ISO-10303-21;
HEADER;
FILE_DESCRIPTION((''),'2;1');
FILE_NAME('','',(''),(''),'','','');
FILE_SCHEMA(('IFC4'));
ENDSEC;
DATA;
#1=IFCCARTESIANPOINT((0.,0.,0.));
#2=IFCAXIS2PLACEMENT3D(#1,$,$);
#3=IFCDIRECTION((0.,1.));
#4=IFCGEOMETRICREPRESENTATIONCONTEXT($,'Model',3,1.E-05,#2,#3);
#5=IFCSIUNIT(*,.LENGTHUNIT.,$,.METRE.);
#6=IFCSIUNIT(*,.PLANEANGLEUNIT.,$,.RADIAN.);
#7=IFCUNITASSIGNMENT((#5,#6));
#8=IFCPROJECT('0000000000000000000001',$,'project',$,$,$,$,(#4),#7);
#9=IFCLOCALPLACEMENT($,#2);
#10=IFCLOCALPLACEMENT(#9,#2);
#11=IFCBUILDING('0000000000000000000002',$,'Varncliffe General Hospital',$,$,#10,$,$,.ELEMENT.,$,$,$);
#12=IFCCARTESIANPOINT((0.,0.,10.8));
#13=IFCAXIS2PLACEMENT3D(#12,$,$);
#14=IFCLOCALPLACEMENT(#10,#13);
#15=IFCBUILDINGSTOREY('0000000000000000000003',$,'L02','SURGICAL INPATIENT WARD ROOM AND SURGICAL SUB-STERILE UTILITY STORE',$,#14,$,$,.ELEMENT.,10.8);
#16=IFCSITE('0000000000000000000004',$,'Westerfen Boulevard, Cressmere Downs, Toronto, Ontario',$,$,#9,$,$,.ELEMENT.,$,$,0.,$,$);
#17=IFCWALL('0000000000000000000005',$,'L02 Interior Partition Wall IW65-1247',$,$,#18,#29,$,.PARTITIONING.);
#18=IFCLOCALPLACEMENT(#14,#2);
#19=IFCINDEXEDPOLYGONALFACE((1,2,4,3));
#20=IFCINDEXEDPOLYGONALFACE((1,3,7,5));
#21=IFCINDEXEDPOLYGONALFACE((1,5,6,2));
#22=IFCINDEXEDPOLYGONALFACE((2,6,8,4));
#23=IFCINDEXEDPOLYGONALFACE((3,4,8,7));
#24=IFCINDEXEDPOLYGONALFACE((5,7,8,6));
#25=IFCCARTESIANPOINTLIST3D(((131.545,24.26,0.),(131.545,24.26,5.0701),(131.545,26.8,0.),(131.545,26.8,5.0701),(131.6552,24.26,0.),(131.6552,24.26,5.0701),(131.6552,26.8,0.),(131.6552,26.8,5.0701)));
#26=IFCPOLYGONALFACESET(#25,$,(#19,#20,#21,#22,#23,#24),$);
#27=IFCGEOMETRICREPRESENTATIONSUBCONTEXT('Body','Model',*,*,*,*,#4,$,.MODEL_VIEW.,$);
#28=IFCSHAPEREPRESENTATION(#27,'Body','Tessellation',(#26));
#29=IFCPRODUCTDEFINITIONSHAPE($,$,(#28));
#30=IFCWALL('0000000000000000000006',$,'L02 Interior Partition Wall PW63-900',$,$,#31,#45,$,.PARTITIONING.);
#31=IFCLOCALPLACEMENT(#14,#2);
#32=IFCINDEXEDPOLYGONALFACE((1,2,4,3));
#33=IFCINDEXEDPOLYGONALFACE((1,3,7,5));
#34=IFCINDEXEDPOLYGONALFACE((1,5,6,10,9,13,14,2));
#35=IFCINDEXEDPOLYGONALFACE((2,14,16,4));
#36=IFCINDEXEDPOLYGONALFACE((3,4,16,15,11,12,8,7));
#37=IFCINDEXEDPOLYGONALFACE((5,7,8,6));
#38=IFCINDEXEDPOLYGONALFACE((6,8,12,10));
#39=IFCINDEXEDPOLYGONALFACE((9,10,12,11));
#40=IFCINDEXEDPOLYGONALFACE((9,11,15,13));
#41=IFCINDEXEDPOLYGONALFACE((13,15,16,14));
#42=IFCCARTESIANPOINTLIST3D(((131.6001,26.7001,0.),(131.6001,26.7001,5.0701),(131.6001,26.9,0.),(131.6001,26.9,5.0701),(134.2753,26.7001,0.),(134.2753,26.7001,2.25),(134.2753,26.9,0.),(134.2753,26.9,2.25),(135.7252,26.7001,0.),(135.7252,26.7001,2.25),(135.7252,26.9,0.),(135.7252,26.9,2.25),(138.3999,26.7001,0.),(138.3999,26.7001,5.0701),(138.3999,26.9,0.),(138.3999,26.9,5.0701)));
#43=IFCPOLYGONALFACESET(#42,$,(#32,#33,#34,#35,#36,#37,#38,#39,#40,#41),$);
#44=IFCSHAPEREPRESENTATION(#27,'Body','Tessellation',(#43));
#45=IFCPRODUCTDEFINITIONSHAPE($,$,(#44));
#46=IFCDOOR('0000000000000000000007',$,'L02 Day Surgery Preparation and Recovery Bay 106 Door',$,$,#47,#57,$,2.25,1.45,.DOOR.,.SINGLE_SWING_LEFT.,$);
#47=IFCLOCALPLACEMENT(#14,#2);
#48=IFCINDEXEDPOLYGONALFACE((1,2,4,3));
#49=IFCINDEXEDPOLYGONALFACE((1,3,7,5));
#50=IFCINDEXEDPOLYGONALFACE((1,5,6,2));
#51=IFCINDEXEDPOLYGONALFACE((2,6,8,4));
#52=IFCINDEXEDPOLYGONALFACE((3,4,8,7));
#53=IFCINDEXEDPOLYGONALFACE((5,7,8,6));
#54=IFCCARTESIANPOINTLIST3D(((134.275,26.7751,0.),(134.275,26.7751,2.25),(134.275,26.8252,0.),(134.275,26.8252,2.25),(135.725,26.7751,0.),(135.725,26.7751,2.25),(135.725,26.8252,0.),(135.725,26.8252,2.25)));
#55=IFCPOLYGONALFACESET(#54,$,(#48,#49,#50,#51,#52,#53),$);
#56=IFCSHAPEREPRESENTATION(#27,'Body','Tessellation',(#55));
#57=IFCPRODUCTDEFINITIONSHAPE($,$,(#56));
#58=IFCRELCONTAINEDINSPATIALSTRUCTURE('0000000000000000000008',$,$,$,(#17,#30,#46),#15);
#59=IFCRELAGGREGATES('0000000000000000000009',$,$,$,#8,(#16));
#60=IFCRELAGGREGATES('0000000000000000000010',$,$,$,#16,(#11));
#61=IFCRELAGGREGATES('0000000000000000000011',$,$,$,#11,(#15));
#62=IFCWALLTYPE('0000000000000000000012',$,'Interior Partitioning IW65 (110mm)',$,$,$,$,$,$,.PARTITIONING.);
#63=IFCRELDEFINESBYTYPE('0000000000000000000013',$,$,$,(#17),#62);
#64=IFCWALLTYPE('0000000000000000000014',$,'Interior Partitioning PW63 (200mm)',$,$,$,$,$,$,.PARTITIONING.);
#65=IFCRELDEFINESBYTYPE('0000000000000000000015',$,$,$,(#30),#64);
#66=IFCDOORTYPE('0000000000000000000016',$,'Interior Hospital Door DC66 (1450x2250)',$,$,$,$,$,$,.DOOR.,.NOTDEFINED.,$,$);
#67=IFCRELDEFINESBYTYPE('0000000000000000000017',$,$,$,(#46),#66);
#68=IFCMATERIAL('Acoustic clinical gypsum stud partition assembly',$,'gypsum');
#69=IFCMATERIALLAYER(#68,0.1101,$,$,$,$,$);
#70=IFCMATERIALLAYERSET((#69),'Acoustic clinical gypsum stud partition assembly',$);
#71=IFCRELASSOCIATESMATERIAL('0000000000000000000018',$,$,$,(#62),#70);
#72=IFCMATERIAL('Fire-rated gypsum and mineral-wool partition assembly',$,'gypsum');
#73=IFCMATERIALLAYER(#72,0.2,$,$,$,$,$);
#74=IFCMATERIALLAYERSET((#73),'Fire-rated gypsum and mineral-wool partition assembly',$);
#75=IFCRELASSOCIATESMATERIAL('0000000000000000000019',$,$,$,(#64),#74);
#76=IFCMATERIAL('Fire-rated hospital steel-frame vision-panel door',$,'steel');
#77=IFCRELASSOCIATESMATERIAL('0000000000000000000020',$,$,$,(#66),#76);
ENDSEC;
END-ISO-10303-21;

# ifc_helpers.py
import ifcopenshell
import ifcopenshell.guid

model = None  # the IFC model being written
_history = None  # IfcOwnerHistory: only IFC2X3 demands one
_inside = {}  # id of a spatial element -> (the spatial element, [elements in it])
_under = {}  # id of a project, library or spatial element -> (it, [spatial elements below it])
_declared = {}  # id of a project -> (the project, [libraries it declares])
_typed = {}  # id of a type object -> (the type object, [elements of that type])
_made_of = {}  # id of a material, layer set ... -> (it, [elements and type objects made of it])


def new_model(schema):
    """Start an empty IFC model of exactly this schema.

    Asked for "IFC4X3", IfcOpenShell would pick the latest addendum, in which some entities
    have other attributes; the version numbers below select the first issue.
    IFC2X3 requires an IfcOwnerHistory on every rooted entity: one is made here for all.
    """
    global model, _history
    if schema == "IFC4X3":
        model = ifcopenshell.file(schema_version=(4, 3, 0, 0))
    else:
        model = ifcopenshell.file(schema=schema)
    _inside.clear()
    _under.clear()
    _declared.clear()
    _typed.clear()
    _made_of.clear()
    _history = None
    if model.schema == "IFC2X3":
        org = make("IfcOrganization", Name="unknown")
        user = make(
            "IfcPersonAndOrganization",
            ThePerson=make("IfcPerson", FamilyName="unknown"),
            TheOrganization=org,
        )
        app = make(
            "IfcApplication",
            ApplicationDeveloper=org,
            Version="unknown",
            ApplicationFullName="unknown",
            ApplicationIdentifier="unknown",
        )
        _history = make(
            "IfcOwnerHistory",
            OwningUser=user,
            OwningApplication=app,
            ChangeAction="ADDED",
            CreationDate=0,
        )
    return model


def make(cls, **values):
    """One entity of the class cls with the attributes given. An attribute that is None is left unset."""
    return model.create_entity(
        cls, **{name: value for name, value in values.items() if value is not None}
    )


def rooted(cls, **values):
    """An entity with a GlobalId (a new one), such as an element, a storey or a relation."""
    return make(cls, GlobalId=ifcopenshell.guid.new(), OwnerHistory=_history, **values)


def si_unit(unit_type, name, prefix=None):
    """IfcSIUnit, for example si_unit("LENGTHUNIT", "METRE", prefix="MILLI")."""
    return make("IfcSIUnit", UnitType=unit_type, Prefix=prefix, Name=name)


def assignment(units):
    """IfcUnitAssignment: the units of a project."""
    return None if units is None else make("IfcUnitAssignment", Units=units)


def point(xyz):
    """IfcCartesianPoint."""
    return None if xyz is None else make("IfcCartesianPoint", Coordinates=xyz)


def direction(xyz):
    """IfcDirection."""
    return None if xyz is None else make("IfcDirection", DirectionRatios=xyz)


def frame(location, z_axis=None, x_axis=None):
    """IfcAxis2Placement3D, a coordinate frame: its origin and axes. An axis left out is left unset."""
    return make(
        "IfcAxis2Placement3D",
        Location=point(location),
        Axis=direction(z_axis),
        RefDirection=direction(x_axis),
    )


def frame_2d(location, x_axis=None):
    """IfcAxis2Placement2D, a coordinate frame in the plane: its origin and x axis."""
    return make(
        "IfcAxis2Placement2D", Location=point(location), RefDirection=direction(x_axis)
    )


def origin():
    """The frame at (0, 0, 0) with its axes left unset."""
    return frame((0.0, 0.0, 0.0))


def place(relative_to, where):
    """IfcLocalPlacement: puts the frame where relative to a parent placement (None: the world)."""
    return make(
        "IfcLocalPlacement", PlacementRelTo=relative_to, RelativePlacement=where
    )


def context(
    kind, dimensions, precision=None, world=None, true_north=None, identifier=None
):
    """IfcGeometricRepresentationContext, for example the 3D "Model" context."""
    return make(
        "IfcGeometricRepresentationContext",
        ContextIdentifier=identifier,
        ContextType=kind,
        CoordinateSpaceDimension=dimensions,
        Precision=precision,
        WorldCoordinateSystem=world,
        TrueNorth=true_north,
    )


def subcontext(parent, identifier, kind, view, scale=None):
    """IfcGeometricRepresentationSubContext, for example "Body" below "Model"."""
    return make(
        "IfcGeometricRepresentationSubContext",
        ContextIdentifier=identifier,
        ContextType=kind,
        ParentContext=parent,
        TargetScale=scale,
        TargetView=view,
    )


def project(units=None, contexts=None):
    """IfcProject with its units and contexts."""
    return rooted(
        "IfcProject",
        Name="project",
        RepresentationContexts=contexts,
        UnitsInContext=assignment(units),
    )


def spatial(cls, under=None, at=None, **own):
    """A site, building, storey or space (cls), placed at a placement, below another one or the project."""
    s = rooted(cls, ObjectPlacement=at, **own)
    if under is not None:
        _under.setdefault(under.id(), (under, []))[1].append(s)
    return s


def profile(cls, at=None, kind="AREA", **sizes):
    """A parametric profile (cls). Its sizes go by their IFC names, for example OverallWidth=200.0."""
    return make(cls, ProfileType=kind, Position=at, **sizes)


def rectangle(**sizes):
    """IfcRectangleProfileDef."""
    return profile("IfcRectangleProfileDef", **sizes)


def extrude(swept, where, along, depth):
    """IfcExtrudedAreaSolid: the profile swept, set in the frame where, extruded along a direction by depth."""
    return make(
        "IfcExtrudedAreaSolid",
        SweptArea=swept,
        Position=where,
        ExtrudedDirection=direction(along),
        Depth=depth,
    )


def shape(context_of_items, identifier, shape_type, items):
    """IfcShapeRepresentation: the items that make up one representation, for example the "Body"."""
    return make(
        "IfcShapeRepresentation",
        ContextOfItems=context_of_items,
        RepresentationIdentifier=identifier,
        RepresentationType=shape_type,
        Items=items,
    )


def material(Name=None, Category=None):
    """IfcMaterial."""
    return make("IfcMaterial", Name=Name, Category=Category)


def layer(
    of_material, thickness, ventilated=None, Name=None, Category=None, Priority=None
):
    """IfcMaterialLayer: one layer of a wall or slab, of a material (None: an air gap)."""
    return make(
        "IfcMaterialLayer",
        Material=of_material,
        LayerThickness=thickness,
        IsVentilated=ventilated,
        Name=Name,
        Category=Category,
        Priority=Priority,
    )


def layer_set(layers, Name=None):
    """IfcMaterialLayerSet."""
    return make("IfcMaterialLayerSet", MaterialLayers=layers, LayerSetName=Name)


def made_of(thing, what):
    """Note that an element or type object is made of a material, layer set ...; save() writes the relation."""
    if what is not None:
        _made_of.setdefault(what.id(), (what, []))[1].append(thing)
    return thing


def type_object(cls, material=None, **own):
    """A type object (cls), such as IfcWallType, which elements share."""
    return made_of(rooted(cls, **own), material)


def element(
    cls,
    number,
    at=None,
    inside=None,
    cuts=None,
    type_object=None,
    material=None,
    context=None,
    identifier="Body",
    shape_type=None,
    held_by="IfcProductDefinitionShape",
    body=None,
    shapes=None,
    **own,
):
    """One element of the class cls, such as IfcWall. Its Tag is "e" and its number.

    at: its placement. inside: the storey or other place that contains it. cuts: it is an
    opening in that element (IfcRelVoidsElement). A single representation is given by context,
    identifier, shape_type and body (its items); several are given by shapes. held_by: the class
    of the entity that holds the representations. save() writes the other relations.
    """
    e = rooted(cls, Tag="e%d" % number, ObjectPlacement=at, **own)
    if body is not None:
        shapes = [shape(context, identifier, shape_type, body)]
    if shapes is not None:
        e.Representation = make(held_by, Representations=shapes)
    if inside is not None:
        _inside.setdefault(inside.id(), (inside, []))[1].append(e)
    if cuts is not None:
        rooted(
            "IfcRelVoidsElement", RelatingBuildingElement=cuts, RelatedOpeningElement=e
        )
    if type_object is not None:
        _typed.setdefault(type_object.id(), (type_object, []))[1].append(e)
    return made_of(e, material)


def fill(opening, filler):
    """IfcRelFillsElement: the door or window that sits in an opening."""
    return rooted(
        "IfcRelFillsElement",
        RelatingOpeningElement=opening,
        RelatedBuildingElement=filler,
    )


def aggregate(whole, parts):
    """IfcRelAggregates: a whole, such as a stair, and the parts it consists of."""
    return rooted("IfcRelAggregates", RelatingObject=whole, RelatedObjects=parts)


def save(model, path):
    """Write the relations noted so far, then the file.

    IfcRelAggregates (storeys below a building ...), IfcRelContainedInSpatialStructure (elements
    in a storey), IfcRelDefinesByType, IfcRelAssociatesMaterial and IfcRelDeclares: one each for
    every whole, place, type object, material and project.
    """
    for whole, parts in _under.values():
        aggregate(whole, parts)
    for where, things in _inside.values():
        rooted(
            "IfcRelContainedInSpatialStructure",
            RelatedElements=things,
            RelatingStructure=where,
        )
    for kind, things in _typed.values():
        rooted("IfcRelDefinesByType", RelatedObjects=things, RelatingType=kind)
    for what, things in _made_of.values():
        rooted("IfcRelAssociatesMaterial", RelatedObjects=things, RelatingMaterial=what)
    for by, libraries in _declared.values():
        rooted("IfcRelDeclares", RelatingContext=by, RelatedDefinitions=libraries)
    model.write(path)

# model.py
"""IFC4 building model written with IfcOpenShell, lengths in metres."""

from ifc_helpers import new_model, si_unit, direction, frame, frame_2d, origin, place, context, subcontext, project, spatial, rectangle, extrude, material, layer, layer_set, type_object, element, fill, save


model = new_model("IFC4")

# Units and contexts
model_context = context("Model", 3, precision=1e-05, world=origin(), true_north=direction((0.0, 1.0)))
body_context = subcontext(model_context, "Body", "Model", "MODEL_VIEW")
ifc_project = project(units=[si_unit("LENGTHUNIT", "METRE"), si_unit("PLANEANGLEUNIT", "RADIAN")], contexts=[model_context])

# Site, building, storey
site_placement = place(None, origin())
site = spatial("IfcSite", under=ifc_project, at=site_placement, Name="Westerfen Boulevard, Cressmere Downs, Toronto, Ontario", CompositionType="ELEMENT", RefElevation=0.0)
building_placement = place(site_placement, origin())
building = spatial("IfcBuilding", under=site, at=building_placement, Name="Varncliffe General Hospital", CompositionType="ELEMENT")
storey_placement = place(building_placement, frame((0.0, 0.0, 10.8)))
storey = spatial("IfcBuildingStorey", under=building, at=storey_placement, Name="L02", Description="SURGICAL INPATIENT WARD ROOM AND SURGICAL SUB-STERILE UTILITY STORE", CompositionType="ELEMENT", Elevation=10.8)

# Wall
ifc_material_1 = material(Name="Acoustic clinical gypsum stud partition assembly", Category="gypsum")
ifc_layer_1 = layer(ifc_material_1, 0.1101)
ifc_layer_set_1 = layer_set([ifc_layer_1], Name="Acoustic clinical gypsum stud partition assembly")
wall_type_1 = type_object("IfcWallType", Name="Interior Partitioning IW65 (110mm)", PredefinedType="PARTITIONING", material=ifc_layer_set_1)
wall_1_placement = place(storey_placement, frame((131.6001, 24.26, 0.0), z_axis=(0.0, 0.0, 1.0), x_axis=(0.0, 1.0, 0.0)))
element("IfcWall", 1, at=wall_1_placement, inside=storey, type_object=wall_type_1, Name="L02 Interior Partition Wall IW65-1247", PredefinedType="PARTITIONING", context=body_context, shape_type="SweptSolid", body=[
    extrude(rectangle(XDim=2.54, YDim=0.1101, at=frame_2d((1.27, 0.0))), origin(), (0.0, 0.0, 1.0), 5.0701),
])

# Wall, opening, door
ifc_material_2 = material(Name="Fire-rated gypsum and mineral-wool partition assembly", Category="gypsum")
ifc_layer_2 = layer(ifc_material_2, 0.2)
ifc_layer_set_2 = layer_set([ifc_layer_2], Name="Fire-rated gypsum and mineral-wool partition assembly")
wall_type_2 = type_object("IfcWallType", Name="Interior Partitioning PW63 (200mm)", PredefinedType="PARTITIONING", material=ifc_layer_set_2)
wall_2_placement = place(storey_placement, frame((131.6001, 26.8, 0.0), z_axis=(0.0, 0.0, 1.0), x_axis=(1.0, 0.0, 0.0)))
wall_2 = element("IfcWall", 2, at=wall_2_placement, inside=storey, type_object=wall_type_2, Name="L02 Interior Partition Wall PW63-900", PredefinedType="PARTITIONING", context=body_context, shape_type="SweptSolid", body=[
    extrude(rectangle(XDim=6.7998, YDim=0.2, at=frame_2d((3.3999, 0.0))), origin(), (0.0, 0.0, 1.0), 5.0701),
])
opening_1_placement = place(wall_2_placement, frame((2.675, 0.0, 0.0)))
opening_1 = element("IfcOpeningElement", 3, at=opening_1_placement, cuts=wall_2, PredefinedType="OPENING", context=body_context, shape_type="SweptSolid", body=[
    extrude(rectangle(XDim=1.45, YDim=2.25, at=frame_2d((0.7251, 1.125))), frame((0.0, 0.1099, 0.0), z_axis=(0.0, -1.0, 0.0), x_axis=(1.0, 0.0, 0.0)), (0.0, 0.0, 1.0), 0.22),
])
ifc_material_3 = material(Name="Fire-rated hospital steel-frame vision-panel door", Category="steel")
door_type = type_object("IfcDoorType", Name="Interior Hospital Door DC66 (1450x2250)", OperationType="NOTDEFINED", PredefinedType="DOOR", material=ifc_material_3)
door_placement = place(opening_1_placement, frame((1.45, 0.0, 0.0), z_axis=(0.0, 0.0, 1.0), x_axis=(-1.0, 0.0, 0.0)))
door = element("IfcDoor", 4, at=door_placement, inside=storey, type_object=door_type, Name="L02 Day Surgery Preparation and Recovery Bay 106 Door", OperationType="SINGLE_SWING_LEFT", OverallHeight=2.25, OverallWidth=1.45, PredefinedType="DOOR", context=body_context, shape_type="SweptSolid", body=[
    extrude(rectangle(XDim=1.45, YDim=2.25, at=frame_2d((0.7251, 1.125))), frame((0.0, 0.0249, 0.0), z_axis=(0.0, -1.0, 0.0), x_axis=(1.0, 0.0, 0.0)), (0.0, 0.0, 1.0), 0.05),
])
fill(opening_1, door)

save(model, "model.ifc")
